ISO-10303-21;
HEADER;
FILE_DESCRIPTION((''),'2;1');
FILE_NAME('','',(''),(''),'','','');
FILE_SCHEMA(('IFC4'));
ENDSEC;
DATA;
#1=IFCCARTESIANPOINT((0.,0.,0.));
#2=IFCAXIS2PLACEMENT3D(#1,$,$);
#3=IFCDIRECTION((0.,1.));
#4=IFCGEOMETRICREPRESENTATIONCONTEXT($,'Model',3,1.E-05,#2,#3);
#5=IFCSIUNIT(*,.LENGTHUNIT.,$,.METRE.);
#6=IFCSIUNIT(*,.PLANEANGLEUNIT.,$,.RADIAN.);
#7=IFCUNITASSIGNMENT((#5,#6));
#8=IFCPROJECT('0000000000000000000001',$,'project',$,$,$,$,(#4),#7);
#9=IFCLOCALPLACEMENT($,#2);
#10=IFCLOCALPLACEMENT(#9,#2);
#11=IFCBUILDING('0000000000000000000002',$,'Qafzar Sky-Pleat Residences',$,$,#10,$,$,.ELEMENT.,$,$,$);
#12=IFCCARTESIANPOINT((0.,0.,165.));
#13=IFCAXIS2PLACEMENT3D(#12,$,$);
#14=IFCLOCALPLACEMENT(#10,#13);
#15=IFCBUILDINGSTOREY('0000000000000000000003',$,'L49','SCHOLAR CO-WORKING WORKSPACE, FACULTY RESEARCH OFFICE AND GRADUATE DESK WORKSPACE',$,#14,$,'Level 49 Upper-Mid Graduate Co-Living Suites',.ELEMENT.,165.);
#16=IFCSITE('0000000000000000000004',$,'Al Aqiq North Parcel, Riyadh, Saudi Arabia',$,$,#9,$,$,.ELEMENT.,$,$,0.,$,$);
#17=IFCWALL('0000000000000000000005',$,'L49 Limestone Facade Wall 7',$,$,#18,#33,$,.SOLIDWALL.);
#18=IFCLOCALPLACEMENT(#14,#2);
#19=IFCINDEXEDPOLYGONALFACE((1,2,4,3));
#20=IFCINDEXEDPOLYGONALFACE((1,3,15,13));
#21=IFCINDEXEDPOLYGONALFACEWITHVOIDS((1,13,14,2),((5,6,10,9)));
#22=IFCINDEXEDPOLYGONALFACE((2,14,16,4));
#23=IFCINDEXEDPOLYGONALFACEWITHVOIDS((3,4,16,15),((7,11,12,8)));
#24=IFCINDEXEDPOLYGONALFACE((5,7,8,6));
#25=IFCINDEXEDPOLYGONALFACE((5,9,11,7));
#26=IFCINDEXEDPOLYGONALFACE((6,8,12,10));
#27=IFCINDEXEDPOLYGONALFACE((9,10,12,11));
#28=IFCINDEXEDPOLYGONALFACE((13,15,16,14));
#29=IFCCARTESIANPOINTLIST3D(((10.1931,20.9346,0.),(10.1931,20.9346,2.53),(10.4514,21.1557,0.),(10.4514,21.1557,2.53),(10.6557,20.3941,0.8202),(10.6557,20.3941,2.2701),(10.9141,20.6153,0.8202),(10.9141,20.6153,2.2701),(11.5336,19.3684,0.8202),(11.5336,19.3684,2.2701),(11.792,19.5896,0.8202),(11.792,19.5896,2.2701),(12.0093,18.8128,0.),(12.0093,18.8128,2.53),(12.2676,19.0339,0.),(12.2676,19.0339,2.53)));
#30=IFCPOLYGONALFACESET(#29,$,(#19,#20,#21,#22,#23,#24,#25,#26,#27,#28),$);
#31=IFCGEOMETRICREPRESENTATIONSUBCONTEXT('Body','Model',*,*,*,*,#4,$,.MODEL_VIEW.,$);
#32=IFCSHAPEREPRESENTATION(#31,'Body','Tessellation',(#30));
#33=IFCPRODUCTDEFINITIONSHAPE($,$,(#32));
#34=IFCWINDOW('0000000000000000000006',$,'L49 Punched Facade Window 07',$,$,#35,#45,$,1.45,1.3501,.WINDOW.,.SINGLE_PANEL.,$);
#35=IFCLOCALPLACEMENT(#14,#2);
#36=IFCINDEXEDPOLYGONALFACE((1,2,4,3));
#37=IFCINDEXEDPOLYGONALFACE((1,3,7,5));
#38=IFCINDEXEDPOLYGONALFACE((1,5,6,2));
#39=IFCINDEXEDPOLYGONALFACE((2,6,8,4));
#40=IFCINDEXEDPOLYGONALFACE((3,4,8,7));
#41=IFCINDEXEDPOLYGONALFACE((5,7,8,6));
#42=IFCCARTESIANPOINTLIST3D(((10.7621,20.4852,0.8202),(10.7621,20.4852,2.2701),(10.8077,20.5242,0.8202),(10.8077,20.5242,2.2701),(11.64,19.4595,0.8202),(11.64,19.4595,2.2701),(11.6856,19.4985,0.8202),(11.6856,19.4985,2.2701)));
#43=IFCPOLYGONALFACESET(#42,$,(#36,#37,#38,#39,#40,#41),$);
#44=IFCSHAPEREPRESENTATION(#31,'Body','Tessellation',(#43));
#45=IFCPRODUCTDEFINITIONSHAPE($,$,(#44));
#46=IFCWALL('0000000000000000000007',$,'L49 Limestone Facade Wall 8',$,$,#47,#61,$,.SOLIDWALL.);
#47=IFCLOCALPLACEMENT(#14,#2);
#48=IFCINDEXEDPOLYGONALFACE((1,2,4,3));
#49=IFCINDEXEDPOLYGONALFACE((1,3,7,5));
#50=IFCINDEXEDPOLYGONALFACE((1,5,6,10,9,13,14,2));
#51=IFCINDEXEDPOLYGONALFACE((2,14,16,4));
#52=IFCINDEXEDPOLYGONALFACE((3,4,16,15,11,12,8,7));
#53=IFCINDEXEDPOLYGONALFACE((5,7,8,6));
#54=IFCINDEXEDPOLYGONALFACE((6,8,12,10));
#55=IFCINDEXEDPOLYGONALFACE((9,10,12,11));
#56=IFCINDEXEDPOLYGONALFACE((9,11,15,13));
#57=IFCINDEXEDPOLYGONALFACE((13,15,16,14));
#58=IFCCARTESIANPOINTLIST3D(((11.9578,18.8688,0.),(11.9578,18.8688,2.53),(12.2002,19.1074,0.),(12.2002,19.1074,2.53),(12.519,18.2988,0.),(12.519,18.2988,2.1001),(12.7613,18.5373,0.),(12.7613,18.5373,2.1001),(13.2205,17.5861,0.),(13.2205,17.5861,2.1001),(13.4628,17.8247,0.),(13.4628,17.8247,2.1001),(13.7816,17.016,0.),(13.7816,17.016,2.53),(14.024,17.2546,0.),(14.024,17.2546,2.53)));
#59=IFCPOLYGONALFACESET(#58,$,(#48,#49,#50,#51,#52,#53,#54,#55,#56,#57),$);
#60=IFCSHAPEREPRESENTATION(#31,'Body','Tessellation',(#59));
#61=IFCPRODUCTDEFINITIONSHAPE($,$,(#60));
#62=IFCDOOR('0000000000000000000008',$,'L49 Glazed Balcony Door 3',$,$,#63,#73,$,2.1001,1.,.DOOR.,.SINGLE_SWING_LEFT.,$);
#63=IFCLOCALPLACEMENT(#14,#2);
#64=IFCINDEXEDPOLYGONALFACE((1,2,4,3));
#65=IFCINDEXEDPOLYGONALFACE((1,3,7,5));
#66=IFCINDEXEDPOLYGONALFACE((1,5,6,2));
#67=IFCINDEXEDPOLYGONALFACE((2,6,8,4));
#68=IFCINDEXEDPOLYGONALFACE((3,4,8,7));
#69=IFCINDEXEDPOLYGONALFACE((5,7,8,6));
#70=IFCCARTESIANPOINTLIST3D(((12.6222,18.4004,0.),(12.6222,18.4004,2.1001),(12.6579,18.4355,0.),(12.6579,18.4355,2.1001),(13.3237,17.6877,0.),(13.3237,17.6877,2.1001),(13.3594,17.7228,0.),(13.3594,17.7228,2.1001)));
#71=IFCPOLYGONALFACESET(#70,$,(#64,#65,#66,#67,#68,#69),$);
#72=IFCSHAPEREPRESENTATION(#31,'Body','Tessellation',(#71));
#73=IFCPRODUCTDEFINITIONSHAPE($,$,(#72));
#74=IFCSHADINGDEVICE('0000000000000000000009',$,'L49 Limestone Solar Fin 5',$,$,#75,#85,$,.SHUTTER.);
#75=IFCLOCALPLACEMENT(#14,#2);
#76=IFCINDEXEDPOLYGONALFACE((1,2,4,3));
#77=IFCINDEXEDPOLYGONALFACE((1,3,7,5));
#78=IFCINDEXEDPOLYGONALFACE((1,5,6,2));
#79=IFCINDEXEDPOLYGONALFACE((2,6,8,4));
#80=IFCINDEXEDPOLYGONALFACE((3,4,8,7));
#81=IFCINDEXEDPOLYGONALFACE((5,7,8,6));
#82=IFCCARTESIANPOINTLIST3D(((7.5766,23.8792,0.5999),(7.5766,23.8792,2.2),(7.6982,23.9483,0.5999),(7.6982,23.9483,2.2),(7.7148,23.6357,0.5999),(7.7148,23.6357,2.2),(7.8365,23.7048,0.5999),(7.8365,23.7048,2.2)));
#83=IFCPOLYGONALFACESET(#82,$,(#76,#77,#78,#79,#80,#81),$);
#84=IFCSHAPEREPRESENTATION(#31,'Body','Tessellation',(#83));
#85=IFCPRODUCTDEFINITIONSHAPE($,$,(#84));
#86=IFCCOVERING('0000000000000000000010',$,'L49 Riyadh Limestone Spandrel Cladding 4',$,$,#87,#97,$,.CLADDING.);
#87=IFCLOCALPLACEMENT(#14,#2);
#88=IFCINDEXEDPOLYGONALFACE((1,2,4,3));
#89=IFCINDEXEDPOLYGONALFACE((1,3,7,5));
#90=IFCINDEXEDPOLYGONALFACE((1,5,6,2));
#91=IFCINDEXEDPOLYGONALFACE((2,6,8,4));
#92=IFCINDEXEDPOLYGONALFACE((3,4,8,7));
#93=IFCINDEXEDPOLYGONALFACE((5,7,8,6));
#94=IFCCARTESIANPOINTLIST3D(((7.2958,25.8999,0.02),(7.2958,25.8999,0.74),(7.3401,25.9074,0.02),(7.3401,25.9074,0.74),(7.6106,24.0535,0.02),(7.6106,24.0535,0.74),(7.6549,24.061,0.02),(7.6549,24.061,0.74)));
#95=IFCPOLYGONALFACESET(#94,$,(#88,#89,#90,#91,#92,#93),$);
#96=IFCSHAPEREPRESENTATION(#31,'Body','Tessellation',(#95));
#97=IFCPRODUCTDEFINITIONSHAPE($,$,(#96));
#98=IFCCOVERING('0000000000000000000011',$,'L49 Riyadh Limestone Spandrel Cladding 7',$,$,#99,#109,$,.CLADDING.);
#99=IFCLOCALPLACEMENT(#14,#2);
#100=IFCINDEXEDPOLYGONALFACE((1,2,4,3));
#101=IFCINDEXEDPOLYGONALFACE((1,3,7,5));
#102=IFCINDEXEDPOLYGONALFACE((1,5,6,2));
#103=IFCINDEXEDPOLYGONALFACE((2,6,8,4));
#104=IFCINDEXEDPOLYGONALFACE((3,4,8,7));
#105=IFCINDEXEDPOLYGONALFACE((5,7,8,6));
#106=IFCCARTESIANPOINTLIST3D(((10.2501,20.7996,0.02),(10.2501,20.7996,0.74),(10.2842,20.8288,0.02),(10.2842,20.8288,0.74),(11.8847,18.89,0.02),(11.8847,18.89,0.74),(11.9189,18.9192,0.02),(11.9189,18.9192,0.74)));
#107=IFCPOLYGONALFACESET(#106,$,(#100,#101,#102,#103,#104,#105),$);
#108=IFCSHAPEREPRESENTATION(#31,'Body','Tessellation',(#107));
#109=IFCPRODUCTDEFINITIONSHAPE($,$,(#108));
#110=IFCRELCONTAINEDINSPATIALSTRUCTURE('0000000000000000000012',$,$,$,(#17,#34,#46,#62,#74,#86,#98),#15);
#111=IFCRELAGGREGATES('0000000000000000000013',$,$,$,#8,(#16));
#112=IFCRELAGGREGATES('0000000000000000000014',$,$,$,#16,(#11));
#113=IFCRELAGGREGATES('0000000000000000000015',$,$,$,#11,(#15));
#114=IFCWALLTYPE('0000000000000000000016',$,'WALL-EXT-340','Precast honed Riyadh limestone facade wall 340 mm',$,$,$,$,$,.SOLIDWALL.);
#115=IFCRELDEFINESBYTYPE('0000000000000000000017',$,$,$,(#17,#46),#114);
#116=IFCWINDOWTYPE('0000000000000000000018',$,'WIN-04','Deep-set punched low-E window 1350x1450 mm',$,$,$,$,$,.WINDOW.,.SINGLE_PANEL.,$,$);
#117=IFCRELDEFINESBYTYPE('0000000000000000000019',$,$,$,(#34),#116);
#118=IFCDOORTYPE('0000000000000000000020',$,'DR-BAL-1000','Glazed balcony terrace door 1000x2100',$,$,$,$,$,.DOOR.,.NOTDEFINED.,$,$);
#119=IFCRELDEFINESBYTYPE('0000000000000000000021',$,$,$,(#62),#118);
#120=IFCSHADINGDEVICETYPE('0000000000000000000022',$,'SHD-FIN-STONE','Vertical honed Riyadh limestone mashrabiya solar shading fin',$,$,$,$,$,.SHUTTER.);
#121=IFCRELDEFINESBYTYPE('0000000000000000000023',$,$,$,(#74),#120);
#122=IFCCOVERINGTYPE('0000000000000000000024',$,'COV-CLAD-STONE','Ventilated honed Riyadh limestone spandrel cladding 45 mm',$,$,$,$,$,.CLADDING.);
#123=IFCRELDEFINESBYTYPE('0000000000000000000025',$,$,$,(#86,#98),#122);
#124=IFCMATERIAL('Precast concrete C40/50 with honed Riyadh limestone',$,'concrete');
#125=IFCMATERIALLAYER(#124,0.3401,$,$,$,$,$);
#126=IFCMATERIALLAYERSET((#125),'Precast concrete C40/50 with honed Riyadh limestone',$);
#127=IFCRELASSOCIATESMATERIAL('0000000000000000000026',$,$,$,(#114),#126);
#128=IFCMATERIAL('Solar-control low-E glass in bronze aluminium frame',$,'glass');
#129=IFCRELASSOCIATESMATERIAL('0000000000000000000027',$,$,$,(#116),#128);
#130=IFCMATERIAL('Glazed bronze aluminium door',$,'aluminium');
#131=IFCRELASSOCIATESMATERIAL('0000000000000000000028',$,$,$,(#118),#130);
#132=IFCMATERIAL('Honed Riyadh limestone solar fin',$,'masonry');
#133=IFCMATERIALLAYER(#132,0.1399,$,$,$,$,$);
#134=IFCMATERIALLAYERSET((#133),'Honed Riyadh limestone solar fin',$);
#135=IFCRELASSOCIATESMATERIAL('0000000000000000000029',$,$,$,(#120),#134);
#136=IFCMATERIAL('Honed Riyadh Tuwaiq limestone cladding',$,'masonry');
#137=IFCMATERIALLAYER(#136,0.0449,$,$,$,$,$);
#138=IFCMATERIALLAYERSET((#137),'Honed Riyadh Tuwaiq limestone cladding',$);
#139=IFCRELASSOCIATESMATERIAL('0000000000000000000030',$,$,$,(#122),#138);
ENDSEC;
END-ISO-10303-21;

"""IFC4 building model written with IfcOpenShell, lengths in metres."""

from ifc_helpers import new_model, si_unit, direction, frame, frame_2d, origin, origin_2d, place, context, subcontext, project, spatial, rectangle, extrude, source, transform, mapped, material, layer, layer_set, type_object, element, fill, save


model = new_model("IFC4")

# Units and contexts
model_context = context("Model", 3, precision=1e-05, world=origin(), true_north=direction((0.0, 1.0)))
body_context = subcontext(model_context, "Body", "Model", "MODEL_VIEW")
ifc_project = project(units=[si_unit("LENGTHUNIT", "METRE"), si_unit("PLANEANGLEUNIT", "RADIAN")], contexts=[model_context])

# Site, building, storey
site_placement = place(None, origin())
site = spatial("IfcSite", under=ifc_project, at=site_placement, Name="Al Aqiq North Parcel, Riyadh, Saudi Arabia", CompositionType="ELEMENT", RefElevation=0.0)
building_placement = place(site_placement, origin())
building = spatial("IfcBuilding", under=site, at=building_placement, Name="Qafzar Sky-Pleat Residences", CompositionType="ELEMENT")
storey_placement = place(building_placement, frame((0.0, 0.0, 165.0)))
storey = spatial("IfcBuildingStorey", under=building, at=storey_placement, Name="L49", Description="SCHOLAR CO-WORKING WORKSPACE, FACULTY RESEARCH OFFICE AND GRADUATE DESK WORKSPACE", LongName="Level 49 Upper-Mid Graduate Co-Living Suites", CompositionType="ELEMENT", Elevation=165.0)

# Wall, opening, window
ifc_material_1 = material(Name="Precast concrete C40/50 with honed Riyadh limestone", Category="concrete")
ifc_layer_1 = layer(ifc_material_1, 0.3401)
ifc_layer_set_1 = layer_set([ifc_layer_1], Name="Precast concrete C40/50 with honed Riyadh limestone")
wall_type = type_object("IfcWallType", Name="WALL-EXT-340", Description="Precast honed Riyadh limestone facade wall 340 mm", PredefinedType="SOLIDWALL", material=ifc_layer_set_1)
ifc_material_2 = material(Name="Solar-control low-E glass in bronze aluminium frame", Category="glass")
wall_1_placement = place(storey_placement, frame((10.3223, 21.0452, 0.0), z_axis=(0.0, 0.0, 1.0), x_axis=(0.650266, -0.759707, 0.0)))
wall_1 = element("IfcWall", 1, at=wall_1_placement, inside=storey, type_object=wall_type, Name="L49 Limestone Facade Wall 7", PredefinedType="SOLIDWALL", context=body_context, shape_type="SweptSolid", body=[
    extrude(rectangle(XDim=2.793, YDim=0.3401, at=frame_2d((1.3965, 0.0))), origin(), (0.0, 0.0, 1.0), 2.53),
])
opening_1_placement = place(wall_1_placement, frame((0.7114, 0.0, 0.8201)))
opening_1 = element("IfcOpeningElement", 2, at=opening_1_placement, cuts=wall_1, PredefinedType="OPENING", context=body_context, shape_type="SweptSolid", body=[
    extrude(rectangle(XDim=1.3501, YDim=1.45, at=frame_2d((0.675, 0.7251))), frame((0.0, 0.1802, 0.0), z_axis=(0.0, -1.0, 0.0), x_axis=(1.0, 0.0, 0.0)), (0.0, 0.0, 1.0), 0.3601),
])
window_type_1 = type_object("IfcWindowType", Name="WIN-04", Description="Deep-set punched low-E window 1350x1450 mm", PartitioningType="SINGLE_PANEL", PredefinedType="WINDOW", material=ifc_material_2)
shared_shape_1 = source(origin(), body_context, "Body", "SweptSolid", [
    extrude(rectangle(XDim=1.3501, YDim=1.45, at=frame_2d((0.675, 0.7251))), frame((0.0, 0.03, 0.0), z_axis=(0.0, -1.0, 0.0), x_axis=(1.0, 0.0, 0.0)), (0.0, 0.0, 1.0), 0.0601),
])
window_1_placement = place(opening_1_placement, origin())
window_1 = element("IfcWindow", 3, at=window_1_placement, inside=storey, type_object=window_type_1, Name="L49 Punched Facade Window 07", OverallHeight=1.45, OverallWidth=1.3501, PartitioningType="SINGLE_PANEL", PredefinedType="WINDOW", context=body_context, shape_type="MappedRepresentation", body=[
    mapped(shared_shape_1, transform((0.0, 0.0, 0.0), x_axis=(1.0, 0.0, 0.0), y_axis=(0.0, 1.0, 0.0), z_axis=(0.0, 0.0, 1.0), scale=1.0)),
])
fill(opening_1, window_1)

# Wall, opening, door
wall_2_placement = place(storey_placement, frame((12.0791, 18.988, 0.0), z_axis=(0.0, 0.0, 1.0), x_axis=(0.701497, -0.712672, 0.0)))
wall_2 = element("IfcWall", 4, at=wall_2_placement, inside=storey, type_object=wall_type, Name="L49 Limestone Facade Wall 8", PredefinedType="SOLIDWALL", context=body_context, shape_type="SweptSolid", body=[
    extrude(rectangle(XDim=2.5999, YDim=0.3401, at=frame_2d((1.2998, 0.0))), origin(), (0.0, 0.0, 1.0), 2.53),
])
opening_2_placement = place(wall_2_placement, frame((0.7998, 0.0, 0.0)))
opening_2 = element("IfcOpeningElement", 5, at=opening_2_placement, cuts=wall_2, PredefinedType="OPENING", context=body_context, shape_type="SweptSolid", body=[
    extrude(rectangle(XDim=1.0, YDim=2.1001, at=frame_2d((0.5, 1.05))), frame((0.0, 0.1802, 0.0), z_axis=(0.0, -1.0, 0.0), x_axis=(1.0, 0.0, 0.0)), (0.0, 0.0, 1.0), 0.3601),
])
ifc_material_3 = material(Name="Glazed bronze aluminium door", Category="aluminium")
door_type = type_object("IfcDoorType", Name="DR-BAL-1000", Description="Glazed balcony terrace door 1000x2100", OperationType="NOTDEFINED", PredefinedType="DOOR", material=ifc_material_3)
shared_shape_2 = source(origin(), body_context, "Body", "SweptSolid", [
    extrude(rectangle(XDim=1.0, YDim=2.1001, at=frame_2d((0.5, 1.05))), frame((0.0, 0.0249, 0.0), z_axis=(0.0, -1.0, 0.0), x_axis=(1.0, 0.0, 0.0)), (0.0, 0.0, 1.0), 0.05),
])
door_placement = place(opening_2_placement, origin())
door = element("IfcDoor", 6, at=door_placement, inside=storey, type_object=door_type, Name="L49 Glazed Balcony Door 3", OperationType="SINGLE_SWING_LEFT", OverallHeight=2.1001, OverallWidth=1.0, PredefinedType="DOOR", context=body_context, shape_type="MappedRepresentation", body=[
    mapped(shared_shape_2, transform((0.0, 0.0, 0.0), x_axis=(1.0, 0.0, 0.0), y_axis=(0.0, 1.0, 0.0), z_axis=(0.0, 0.0, 1.0), scale=1.0)),
])
fill(opening_2, door)

# Shading device
ifc_material_4 = material(Name="Honed Riyadh limestone solar fin", Category="masonry")
ifc_layer_2 = layer(ifc_material_4, 0.1399)
ifc_layer_set_2 = layer_set([ifc_layer_2], Name="Honed Riyadh limestone solar fin")
shading_device_type = type_object("IfcShadingDeviceType", Name="SHD-FIN-STONE", Description="Vertical honed Riyadh limestone mashrabiya solar shading fin", PredefinedType="SHUTTER", material=ifc_layer_set_2)
shared_shape_3 = source(origin(), body_context, "Body", "SweptSolid", [
    extrude(rectangle(XDim=0.1399, YDim=0.28, at=origin_2d()), origin(), (0.0, 0.0, 1.0), 1.6001),
])
shading_device_placement = place(storey_placement, frame((7.7065, 23.792, 0.5999), z_axis=(0.0, 0.0, 1.0), x_axis=(-0.869636, -0.493693, 0.0)))
element("IfcShadingDevice", 7, at=shading_device_placement, inside=storey, type_object=shading_device_type, Name="L49 Limestone Solar Fin 5", PredefinedType="SHUTTER", context=body_context, shape_type="MappedRepresentation", body=[
    mapped(shared_shape_3, transform((0.0, 0.0, 0.0), x_axis=(1.0, 0.0, 0.0), y_axis=(0.0, 1.0, 0.0), z_axis=(0.0, 0.0, 1.0), scale=1.0)),
])

# Covering
ifc_material_5 = material(Name="Honed Riyadh Tuwaiq limestone cladding", Category="masonry")
ifc_layer_3 = layer(ifc_material_5, 0.0449)
ifc_layer_set_3 = layer_set([ifc_layer_3], Name="Honed Riyadh Tuwaiq limestone cladding")
covering_type = type_object("IfcCoveringType", Name="COV-CLAD-STONE", Description="Ventilated honed Riyadh limestone spandrel cladding 45 mm", PredefinedType="CLADDING", material=ifc_layer_set_3)
shared_shape_4 = source(origin(), body_context, "Body", "SweptSolid", [
    extrude(rectangle(XDim=1.873, YDim=0.0449, at=origin_2d()), origin(), (0.0, 0.0, 1.0), 0.72),
])
covering_1_placement = place(storey_placement, frame((7.4753, 24.9805, 0.02), z_axis=(0.0, 0.0, 1.0), x_axis=(0.168084, -0.985773, 0.0)))
element("IfcCovering", 8, at=covering_1_placement, inside=storey, type_object=covering_type, Name="L49 Riyadh Limestone Spandrel Cladding 4", PredefinedType="CLADDING", context=body_context, shape_type="MappedRepresentation", body=[
    mapped(shared_shape_4, transform((0.0, 0.0, 0.0), x_axis=(1.0, 0.0, 0.0), y_axis=(0.0, 1.0, 0.0), z_axis=(0.0, 0.0, 1.0), scale=1.0)),
])

# Covering
shared_shape_5 = source(origin(), body_context, "Body", "SweptSolid", [
    extrude(rectangle(XDim=2.5137, YDim=0.0449, at=origin_2d()), origin(), (0.0, 0.0, 1.0), 0.72),
])
covering_2_placement = place(storey_placement, frame((11.0845, 19.8594, 0.02), z_axis=(0.0, 0.0, 1.0), x_axis=(0.650296, -0.759681, 0.0)))
element("IfcCovering", 9, at=covering_2_placement, inside=storey, type_object=covering_type, Name="L49 Riyadh Limestone Spandrel Cladding 7", PredefinedType="CLADDING", context=body_context, shape_type="MappedRepresentation", body=[
    mapped(shared_shape_5, transform((0.0, 0.0, 0.0), x_axis=(1.0, 0.0, 0.0), y_axis=(0.0, 1.0, 0.0), z_axis=(0.0, 0.0, 1.0), scale=1.0)),
])

save(model, "model.ifc")
